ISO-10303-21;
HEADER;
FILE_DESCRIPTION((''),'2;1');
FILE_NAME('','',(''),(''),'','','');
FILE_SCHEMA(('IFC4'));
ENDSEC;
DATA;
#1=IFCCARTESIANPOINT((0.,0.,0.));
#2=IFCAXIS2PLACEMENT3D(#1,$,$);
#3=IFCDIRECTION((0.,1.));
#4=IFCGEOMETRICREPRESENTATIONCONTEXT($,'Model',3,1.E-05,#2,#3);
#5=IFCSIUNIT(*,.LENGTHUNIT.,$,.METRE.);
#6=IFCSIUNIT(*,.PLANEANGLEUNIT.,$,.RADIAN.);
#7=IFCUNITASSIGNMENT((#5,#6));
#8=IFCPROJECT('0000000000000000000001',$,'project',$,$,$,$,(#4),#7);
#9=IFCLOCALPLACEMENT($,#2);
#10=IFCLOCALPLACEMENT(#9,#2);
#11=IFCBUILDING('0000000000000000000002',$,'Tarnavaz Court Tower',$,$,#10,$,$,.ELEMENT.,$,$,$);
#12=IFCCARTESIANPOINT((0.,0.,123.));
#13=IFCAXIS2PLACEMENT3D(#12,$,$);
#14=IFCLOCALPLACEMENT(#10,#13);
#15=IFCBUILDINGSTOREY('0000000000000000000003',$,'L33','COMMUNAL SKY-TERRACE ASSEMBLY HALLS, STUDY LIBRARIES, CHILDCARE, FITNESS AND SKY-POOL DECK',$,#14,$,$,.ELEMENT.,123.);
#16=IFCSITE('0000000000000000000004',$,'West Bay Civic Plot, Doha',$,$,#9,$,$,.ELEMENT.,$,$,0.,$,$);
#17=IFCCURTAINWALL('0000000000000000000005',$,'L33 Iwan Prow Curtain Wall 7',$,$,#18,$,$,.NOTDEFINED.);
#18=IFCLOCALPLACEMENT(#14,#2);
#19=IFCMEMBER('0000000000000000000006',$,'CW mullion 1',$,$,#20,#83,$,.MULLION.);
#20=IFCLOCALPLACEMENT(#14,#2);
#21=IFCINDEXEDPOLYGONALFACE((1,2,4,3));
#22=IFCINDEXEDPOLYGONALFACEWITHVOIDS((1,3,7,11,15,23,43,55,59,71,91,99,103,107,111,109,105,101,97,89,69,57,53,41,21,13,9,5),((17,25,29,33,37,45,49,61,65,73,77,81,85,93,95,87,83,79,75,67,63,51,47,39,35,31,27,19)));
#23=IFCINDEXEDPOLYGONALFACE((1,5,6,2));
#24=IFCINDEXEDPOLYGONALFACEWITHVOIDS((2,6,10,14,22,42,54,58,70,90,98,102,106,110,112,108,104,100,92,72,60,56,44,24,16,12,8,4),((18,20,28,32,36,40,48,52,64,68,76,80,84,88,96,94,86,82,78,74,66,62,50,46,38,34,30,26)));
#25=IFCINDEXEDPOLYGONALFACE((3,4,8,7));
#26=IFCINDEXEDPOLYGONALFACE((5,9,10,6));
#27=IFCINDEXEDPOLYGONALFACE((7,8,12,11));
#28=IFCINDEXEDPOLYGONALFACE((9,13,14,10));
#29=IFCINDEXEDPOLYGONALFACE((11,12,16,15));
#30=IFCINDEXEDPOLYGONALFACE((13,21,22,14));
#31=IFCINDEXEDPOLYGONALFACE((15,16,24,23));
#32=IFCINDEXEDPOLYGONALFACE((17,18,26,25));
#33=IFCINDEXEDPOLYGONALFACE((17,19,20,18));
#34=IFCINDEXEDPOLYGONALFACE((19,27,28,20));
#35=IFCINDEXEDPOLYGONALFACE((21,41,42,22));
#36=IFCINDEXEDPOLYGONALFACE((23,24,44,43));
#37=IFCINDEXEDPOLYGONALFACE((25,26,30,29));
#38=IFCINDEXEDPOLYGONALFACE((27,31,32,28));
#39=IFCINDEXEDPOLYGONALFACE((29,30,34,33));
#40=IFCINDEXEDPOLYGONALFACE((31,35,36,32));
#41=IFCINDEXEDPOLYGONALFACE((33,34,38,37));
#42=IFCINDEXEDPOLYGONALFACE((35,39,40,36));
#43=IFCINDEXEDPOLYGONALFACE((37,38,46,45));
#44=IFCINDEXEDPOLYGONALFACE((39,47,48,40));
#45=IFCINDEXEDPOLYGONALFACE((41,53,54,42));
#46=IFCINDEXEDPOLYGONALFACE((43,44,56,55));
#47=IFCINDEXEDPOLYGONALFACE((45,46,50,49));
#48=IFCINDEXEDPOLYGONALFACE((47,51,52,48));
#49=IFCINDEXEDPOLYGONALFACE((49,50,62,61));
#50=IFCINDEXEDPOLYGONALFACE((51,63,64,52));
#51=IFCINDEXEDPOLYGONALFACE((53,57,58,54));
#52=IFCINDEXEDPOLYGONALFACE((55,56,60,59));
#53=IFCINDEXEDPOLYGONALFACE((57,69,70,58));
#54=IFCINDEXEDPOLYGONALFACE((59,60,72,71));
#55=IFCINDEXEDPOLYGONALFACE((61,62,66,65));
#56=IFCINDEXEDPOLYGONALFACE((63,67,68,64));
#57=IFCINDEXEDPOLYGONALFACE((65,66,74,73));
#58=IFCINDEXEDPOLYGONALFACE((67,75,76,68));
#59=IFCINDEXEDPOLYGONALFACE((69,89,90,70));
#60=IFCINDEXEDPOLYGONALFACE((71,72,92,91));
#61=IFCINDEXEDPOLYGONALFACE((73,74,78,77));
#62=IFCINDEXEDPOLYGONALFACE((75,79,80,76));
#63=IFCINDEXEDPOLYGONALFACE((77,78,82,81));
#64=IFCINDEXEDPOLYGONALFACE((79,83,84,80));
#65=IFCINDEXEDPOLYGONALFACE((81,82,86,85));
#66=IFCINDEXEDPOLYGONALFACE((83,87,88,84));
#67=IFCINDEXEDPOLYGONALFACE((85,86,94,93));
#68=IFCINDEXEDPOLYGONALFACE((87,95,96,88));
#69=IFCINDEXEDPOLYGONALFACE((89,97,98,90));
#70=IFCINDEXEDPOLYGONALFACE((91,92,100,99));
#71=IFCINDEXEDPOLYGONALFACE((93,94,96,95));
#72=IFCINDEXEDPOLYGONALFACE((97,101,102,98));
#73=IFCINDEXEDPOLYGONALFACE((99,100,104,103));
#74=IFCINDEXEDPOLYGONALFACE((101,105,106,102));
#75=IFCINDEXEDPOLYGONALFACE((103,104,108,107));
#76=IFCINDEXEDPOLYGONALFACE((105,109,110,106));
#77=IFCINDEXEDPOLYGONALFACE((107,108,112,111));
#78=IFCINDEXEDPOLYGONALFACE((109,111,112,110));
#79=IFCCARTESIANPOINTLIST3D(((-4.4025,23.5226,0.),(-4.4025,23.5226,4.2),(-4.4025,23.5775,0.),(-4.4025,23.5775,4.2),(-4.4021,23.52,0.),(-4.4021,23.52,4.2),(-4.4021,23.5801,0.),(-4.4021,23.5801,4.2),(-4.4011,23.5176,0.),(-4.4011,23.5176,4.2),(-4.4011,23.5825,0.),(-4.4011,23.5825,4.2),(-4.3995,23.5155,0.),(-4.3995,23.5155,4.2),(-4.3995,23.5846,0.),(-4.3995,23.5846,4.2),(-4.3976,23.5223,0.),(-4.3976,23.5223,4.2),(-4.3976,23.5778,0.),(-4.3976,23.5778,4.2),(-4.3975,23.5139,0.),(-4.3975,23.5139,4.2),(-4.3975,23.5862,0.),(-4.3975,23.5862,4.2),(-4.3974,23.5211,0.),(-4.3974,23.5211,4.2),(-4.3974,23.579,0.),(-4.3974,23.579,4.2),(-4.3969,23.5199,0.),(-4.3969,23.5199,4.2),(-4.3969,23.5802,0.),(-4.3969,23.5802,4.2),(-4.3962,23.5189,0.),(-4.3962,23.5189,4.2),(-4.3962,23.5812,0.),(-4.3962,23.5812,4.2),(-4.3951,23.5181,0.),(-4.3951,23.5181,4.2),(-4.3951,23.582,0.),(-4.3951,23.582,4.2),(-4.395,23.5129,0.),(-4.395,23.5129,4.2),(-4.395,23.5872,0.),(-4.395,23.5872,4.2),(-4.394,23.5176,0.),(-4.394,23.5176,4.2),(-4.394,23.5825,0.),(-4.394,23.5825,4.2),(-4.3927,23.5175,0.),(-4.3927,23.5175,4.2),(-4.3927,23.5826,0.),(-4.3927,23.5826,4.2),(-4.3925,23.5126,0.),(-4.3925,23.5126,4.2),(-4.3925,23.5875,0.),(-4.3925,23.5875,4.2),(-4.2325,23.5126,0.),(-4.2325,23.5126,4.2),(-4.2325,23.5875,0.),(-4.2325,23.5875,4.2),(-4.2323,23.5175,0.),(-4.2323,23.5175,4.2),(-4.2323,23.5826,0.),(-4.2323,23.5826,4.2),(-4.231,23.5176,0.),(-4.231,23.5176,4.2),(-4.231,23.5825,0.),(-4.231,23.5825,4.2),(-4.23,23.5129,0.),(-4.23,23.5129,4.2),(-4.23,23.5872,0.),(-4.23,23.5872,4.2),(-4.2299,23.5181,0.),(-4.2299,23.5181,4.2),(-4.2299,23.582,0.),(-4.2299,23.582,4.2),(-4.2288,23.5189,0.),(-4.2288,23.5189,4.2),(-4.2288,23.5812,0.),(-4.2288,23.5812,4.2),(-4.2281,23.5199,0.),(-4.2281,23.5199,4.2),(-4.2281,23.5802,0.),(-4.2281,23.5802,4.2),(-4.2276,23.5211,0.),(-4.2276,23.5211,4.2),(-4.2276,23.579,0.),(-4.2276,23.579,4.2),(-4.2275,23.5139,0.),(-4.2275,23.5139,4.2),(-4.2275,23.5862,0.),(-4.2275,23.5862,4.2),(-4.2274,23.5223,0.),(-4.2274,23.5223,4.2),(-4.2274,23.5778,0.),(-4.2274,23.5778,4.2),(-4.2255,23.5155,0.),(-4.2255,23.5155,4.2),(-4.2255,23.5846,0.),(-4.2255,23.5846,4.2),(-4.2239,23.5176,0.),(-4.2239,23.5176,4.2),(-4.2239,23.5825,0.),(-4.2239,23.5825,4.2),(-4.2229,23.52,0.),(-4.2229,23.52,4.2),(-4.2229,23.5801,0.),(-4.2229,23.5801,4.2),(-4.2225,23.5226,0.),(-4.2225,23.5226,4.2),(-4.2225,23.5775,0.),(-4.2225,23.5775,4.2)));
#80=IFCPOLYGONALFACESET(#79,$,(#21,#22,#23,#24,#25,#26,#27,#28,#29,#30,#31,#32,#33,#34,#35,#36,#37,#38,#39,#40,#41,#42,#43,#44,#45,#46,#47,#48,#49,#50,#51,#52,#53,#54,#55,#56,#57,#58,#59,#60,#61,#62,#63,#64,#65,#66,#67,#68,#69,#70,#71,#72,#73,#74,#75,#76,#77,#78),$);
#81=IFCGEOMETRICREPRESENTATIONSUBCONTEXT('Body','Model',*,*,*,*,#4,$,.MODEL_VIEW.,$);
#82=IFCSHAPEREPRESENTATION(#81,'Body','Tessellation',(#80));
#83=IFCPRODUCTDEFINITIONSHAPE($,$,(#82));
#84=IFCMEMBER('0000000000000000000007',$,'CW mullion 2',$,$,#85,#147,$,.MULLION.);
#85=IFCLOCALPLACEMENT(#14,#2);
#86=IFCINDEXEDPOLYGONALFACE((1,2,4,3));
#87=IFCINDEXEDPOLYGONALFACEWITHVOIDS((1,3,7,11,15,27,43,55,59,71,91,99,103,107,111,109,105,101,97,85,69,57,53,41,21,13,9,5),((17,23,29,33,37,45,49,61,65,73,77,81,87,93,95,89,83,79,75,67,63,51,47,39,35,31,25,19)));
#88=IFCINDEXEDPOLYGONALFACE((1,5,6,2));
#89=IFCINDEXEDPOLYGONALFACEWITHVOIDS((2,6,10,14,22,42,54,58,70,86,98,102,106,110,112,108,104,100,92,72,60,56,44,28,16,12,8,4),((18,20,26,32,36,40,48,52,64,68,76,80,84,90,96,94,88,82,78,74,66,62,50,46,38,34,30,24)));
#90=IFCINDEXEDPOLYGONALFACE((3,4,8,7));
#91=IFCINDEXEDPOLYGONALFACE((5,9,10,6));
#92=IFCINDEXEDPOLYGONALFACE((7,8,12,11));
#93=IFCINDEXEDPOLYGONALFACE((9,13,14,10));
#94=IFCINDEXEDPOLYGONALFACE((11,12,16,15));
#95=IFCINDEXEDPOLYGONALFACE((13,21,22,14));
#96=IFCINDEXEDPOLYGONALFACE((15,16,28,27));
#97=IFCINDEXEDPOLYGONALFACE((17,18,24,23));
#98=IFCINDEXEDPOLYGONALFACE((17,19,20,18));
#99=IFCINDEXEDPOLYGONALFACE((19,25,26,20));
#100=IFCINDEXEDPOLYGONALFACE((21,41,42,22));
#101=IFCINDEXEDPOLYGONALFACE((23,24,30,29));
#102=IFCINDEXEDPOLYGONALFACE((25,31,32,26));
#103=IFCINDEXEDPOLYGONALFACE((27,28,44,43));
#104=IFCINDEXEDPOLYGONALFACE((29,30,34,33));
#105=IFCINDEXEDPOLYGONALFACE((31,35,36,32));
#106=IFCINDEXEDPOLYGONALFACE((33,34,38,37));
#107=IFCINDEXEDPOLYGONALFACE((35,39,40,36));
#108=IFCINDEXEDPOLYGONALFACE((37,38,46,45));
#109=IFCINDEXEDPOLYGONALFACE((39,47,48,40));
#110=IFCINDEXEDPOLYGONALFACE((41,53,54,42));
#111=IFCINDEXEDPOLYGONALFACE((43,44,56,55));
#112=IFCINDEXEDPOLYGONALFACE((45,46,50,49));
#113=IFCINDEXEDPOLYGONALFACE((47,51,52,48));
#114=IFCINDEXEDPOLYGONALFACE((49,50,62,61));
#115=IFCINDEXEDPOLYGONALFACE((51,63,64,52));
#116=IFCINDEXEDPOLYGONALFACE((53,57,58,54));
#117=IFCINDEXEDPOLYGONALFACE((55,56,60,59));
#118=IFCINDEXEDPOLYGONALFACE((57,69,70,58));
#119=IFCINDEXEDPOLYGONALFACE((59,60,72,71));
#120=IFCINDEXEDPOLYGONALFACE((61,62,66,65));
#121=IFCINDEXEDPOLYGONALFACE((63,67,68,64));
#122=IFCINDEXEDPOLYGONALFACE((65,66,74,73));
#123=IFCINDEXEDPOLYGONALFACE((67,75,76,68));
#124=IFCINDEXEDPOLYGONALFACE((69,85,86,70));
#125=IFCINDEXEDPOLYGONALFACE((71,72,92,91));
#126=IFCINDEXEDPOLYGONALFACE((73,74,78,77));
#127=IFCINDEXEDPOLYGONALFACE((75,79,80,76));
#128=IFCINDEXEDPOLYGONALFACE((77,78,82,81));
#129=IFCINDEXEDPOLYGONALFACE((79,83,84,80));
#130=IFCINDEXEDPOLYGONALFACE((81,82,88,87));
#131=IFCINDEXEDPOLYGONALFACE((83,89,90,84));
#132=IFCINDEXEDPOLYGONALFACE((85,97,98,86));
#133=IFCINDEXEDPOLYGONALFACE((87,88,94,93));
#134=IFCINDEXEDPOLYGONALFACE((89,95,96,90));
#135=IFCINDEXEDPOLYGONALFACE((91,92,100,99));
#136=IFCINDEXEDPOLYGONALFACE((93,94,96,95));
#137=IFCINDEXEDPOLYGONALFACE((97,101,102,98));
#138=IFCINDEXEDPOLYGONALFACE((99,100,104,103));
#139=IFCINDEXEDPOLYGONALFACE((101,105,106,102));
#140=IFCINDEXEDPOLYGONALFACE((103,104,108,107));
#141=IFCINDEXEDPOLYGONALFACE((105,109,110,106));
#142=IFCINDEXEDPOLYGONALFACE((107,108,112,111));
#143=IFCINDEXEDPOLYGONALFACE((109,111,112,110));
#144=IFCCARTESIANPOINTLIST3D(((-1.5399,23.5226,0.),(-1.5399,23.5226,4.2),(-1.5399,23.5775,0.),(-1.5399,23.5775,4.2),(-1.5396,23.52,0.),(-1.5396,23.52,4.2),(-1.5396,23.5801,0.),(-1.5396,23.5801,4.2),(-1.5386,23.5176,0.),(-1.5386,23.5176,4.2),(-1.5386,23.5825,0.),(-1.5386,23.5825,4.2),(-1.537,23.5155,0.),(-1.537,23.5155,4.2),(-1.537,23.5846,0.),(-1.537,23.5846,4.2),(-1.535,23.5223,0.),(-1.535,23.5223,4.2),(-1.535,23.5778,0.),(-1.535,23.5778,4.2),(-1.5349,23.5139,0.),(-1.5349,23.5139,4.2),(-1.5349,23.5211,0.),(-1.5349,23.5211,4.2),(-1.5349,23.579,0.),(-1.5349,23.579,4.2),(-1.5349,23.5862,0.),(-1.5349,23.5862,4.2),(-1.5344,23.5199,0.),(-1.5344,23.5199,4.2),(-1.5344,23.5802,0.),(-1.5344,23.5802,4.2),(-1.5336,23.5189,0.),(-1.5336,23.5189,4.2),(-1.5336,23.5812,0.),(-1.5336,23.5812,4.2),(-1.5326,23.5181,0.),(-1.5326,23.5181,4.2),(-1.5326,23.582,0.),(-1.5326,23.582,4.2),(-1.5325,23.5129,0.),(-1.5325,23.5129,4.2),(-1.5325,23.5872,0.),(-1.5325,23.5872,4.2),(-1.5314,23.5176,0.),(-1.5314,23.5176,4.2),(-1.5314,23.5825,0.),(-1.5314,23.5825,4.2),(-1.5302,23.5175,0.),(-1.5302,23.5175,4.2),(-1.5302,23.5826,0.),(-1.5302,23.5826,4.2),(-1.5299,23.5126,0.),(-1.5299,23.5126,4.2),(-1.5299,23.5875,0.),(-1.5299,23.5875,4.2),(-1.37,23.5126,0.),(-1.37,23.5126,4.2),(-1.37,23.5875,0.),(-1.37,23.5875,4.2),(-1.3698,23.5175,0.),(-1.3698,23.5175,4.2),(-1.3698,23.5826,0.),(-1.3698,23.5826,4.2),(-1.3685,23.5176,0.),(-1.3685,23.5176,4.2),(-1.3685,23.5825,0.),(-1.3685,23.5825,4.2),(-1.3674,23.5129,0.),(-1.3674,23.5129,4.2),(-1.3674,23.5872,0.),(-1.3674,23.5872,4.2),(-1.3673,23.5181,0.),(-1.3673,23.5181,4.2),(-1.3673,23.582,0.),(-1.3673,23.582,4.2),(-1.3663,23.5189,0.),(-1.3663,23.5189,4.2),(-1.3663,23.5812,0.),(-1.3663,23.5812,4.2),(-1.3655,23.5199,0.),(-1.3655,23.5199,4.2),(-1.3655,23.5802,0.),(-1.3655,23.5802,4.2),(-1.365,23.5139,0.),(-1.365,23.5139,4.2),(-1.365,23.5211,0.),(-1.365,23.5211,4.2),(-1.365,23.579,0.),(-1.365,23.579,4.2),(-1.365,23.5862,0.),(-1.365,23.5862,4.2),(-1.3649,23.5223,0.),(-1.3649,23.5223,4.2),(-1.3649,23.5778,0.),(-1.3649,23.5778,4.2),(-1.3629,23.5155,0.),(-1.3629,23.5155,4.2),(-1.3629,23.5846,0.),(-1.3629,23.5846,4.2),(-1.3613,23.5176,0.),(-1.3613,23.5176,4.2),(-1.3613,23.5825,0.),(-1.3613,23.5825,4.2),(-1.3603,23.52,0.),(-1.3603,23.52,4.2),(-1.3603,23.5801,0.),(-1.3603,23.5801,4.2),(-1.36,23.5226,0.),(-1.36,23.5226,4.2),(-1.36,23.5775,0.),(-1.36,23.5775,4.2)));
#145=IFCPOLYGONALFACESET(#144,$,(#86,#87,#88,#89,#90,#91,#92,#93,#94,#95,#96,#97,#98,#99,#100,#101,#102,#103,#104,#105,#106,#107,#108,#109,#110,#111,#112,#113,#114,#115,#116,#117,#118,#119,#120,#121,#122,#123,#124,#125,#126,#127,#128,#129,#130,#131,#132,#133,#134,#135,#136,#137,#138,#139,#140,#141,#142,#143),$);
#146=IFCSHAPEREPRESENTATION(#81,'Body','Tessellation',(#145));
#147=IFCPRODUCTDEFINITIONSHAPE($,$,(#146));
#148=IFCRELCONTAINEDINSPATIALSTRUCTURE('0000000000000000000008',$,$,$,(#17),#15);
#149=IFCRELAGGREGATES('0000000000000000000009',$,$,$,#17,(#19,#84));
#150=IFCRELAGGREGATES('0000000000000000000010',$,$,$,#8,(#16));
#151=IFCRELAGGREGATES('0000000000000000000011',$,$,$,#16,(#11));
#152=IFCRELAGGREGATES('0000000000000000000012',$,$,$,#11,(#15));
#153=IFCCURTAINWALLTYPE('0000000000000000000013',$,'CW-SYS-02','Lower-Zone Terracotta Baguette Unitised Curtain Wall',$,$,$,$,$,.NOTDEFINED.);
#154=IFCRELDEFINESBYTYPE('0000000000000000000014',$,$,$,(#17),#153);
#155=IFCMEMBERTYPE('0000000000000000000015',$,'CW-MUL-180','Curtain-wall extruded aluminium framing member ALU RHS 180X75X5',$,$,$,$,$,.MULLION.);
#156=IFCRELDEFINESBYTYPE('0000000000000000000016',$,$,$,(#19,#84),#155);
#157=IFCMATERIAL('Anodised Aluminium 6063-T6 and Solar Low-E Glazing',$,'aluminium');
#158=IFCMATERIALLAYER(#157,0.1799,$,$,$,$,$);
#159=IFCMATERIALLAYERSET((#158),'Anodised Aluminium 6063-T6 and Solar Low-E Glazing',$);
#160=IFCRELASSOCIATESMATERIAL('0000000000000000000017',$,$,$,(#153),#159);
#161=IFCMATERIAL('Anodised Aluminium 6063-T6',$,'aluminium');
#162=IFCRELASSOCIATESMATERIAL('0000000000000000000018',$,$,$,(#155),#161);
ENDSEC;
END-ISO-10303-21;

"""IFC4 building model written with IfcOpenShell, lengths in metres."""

from ifc_helpers import new_model, si_unit, direction, frame, origin, origin_2d, place, context, subcontext, project, spatial, hollow_rectangle, extrude, material, layer, layer_set, material_profile, profile_set, type_object, element, aggregate, save


model = new_model("IFC4")

# Units and contexts
model_context = context("Model", 3, precision=1e-05, world=origin(), true_north=direction((0.0, 1.0)))
body_context = subcontext(model_context, "Body", "Model", "MODEL_VIEW")
ifc_project = project(units=[si_unit("LENGTHUNIT", "METRE"), si_unit("PLANEANGLEUNIT", "RADIAN")], contexts=[model_context])

# Site, building, storey
site_placement = place(None, origin())
site = spatial("IfcSite", under=ifc_project, at=site_placement, Name="West Bay Civic Plot, Doha", CompositionType="ELEMENT", RefElevation=0.0)
building_placement = place(site_placement, origin())
building = spatial("IfcBuilding", under=site, at=building_placement, Name="Tarnavaz Court Tower", CompositionType="ELEMENT")
storey_placement = place(building_placement, frame((0.0, 0.0, 123.0)))
storey = spatial("IfcBuildingStorey", under=building, at=storey_placement, Name="L33", Description="COMMUNAL SKY-TERRACE ASSEMBLY HALLS, STUDY LIBRARIES, CHILDCARE, FITNESS AND SKY-POOL DECK", CompositionType="ELEMENT", Elevation=123.0)

# Curtain wall, members
ifc_material_1 = material(Name="Anodised Aluminium 6063-T6 and Solar Low-E Glazing", Category="aluminium")
ifc_layer_1 = layer(ifc_material_1, 0.1799)
ifc_layer_set_1 = layer_set([ifc_layer_1], Name="Anodised Aluminium 6063-T6 and Solar Low-E Glazing")
curtain_wall_type = type_object("IfcCurtainWallType", Name="CW-SYS-02", Description="Lower-Zone Terracotta Baguette Unitised Curtain Wall", PredefinedType="NOTDEFINED", material=ifc_layer_set_1)
curtain_wall_placement = place(storey_placement, origin())
curtain_wall = element("IfcCurtainWall", 1, at=curtain_wall_placement, inside=storey, type_object=curtain_wall_type, Name="L33 Iwan Prow Curtain Wall 7", PredefinedType="NOTDEFINED")
ifc_material_2 = material(Name="Anodised Aluminium 6063-T6", Category="aluminium")
ifc_material_profile_1 = material_profile(ifc_material_2, hollow_rectangle(XDim=0.075, YDim=0.1799, WallThickness=0.0049, InnerFilletRadius=0.0049, OuterFilletRadius=0.01, at=origin_2d()), Name="ALU RHS 180X75X5")
ifc_profile_set_1 = profile_set([ifc_material_profile_1], Name="Anodised Aluminium 6063-T6")
member_type_1 = type_object("IfcMemberType", Name="CW-MUL-180", Description="Curtain-wall extruded aluminium framing member ALU RHS 180X75X5", PredefinedType="MULLION", material=ifc_profile_set_1)
member_1_placement = place(storey_placement, frame((-4.3125, 23.55, 0.0), z_axis=(0.0, 0.0, 1.0), x_axis=(0.0, 1.0, 0.0)))
member_1 = element("IfcMember", 2, at=member_1_placement, type_object=member_type_1, Name="CW mullion 1", PredefinedType="MULLION", context=body_context, shape_type="SweptSolid", body=[
    extrude(hollow_rectangle(XDim=0.075, YDim=0.1799, WallThickness=0.0049, InnerFilletRadius=0.0049, OuterFilletRadius=0.01, at=origin_2d()), origin(), (0.0, 0.0, 1.0), 4.2),
])
member_2_placement = place(storey_placement, frame((-1.45, 23.55, 0.0), z_axis=(0.0, 0.0, 1.0), x_axis=(0.0, 1.0, 0.0)))
member_2 = element("IfcMember", 3, at=member_2_placement, type_object=member_type_1, Name="CW mullion 2", PredefinedType="MULLION", context=body_context, shape_type="SweptSolid", body=[
    extrude(hollow_rectangle(XDim=0.075, YDim=0.1799, WallThickness=0.0049, InnerFilletRadius=0.0049, OuterFilletRadius=0.01, at=origin_2d()), origin(), (0.0, 0.0, 1.0), 4.2),
])
aggregate(curtain_wall, [member_1, member_2])

save(model, "model.ifc")
